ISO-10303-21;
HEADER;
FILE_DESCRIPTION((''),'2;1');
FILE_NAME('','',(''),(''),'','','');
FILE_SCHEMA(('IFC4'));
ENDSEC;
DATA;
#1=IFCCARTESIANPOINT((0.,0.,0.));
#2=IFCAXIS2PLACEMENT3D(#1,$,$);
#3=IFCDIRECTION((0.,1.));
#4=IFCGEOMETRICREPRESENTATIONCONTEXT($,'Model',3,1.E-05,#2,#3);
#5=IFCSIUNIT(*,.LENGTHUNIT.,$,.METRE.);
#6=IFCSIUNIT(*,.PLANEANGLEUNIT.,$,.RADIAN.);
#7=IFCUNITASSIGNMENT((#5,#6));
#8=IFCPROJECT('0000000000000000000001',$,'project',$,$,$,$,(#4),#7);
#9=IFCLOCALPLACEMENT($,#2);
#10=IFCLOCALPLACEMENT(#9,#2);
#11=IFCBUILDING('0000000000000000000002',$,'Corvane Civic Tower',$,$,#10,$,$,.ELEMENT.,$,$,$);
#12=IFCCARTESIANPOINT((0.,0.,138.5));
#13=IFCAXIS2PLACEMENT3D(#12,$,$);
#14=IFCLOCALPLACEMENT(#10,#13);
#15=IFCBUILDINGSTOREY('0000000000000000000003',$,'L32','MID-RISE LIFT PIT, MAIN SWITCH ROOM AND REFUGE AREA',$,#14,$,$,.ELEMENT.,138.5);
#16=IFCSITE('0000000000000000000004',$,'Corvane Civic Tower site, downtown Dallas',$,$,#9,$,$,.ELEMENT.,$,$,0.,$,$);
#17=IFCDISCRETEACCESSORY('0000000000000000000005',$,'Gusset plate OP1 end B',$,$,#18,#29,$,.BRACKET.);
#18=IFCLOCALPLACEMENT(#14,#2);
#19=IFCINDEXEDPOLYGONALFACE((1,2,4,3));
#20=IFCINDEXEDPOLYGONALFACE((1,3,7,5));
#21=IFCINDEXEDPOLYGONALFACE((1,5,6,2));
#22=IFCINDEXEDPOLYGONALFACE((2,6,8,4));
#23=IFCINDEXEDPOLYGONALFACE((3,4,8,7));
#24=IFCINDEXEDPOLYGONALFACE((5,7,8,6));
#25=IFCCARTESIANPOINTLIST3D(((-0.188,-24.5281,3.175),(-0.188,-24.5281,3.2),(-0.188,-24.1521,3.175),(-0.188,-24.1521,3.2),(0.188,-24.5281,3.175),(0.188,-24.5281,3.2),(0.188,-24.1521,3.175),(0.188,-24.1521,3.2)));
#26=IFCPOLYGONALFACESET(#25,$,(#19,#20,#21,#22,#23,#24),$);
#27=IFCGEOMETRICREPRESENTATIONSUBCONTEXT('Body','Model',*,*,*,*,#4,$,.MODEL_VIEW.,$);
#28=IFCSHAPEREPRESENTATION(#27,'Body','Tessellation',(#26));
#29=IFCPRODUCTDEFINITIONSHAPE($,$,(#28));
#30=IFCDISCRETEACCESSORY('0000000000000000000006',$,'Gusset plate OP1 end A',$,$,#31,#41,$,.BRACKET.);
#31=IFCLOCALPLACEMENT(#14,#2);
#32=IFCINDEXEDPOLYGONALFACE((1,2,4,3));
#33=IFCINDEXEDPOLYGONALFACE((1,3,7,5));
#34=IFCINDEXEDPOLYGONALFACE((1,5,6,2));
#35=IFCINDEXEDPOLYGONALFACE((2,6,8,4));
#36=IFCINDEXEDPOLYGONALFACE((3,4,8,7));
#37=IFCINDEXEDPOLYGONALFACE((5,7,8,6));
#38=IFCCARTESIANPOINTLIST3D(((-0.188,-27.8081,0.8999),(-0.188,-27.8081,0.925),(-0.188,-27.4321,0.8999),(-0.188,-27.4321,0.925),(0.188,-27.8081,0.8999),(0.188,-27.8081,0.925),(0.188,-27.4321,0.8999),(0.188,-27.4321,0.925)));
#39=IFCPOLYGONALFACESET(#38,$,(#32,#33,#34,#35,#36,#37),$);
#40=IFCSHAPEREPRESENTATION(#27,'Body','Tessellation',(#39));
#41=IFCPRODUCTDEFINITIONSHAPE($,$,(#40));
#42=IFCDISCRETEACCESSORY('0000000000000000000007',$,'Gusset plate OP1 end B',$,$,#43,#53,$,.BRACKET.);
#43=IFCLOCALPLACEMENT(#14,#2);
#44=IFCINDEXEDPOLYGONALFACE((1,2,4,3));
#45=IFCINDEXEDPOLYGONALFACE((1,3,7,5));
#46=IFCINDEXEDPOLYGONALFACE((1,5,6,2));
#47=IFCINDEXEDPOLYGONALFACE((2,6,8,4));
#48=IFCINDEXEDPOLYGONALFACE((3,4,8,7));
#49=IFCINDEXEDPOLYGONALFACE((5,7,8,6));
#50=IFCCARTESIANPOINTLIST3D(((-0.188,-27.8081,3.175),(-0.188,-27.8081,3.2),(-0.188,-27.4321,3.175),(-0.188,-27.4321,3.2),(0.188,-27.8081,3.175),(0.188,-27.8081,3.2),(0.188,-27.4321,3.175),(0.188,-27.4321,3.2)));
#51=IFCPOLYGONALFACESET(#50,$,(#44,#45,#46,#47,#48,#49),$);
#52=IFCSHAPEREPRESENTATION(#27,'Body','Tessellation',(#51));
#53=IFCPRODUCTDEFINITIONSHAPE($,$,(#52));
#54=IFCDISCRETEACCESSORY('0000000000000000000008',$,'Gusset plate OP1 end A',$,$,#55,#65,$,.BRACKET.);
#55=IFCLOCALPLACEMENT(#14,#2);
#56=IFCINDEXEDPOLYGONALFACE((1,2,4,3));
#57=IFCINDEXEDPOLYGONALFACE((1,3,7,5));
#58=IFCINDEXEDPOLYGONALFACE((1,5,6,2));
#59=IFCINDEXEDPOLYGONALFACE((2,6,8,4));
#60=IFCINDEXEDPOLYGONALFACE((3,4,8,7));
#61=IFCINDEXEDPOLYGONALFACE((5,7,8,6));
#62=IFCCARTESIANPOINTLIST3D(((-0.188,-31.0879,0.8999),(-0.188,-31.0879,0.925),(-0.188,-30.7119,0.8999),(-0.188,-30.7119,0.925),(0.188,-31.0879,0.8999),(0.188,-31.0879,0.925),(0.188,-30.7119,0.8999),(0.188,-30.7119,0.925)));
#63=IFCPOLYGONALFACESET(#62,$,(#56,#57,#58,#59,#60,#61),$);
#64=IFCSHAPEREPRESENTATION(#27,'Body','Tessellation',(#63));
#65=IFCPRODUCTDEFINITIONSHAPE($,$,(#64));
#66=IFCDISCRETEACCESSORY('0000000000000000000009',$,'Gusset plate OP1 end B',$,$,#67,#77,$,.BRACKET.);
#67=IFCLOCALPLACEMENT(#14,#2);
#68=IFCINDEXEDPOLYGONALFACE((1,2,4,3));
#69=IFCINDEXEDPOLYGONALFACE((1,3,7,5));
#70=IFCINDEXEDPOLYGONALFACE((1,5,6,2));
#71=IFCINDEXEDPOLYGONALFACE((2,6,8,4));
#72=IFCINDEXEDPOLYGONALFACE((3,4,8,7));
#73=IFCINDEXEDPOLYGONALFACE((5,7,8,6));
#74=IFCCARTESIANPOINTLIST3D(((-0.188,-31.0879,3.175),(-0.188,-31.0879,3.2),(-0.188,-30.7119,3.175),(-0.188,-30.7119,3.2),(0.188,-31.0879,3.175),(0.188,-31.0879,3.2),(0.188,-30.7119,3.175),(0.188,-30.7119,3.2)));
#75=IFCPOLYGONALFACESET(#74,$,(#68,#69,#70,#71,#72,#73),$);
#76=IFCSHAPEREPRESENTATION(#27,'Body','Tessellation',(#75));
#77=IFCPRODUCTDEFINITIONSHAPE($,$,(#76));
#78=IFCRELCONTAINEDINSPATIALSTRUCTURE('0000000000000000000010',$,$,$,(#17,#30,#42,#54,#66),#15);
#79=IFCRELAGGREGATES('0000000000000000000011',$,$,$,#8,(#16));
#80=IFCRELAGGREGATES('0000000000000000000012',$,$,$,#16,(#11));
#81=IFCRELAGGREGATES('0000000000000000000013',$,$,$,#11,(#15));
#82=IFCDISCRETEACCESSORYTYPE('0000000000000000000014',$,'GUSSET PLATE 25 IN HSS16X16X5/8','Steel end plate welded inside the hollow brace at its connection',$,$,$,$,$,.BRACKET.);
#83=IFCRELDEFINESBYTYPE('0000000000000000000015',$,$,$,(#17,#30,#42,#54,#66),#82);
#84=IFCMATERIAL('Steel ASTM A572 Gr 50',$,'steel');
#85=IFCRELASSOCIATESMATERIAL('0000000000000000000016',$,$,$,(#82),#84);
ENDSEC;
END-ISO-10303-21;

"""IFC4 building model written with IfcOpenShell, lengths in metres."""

from ifc_helpers import new_model, si_unit, direction, frame, origin, origin_2d, place, context, subcontext, project, spatial, rectangle, extrude, material, material_profile, profile_set, type_object, element, save


model = new_model("IFC4")

# Units and contexts
model_context = context("Model", 3, precision=1e-05, world=origin(), true_north=direction((0.0, 1.0)))
body_context = subcontext(model_context, "Body", "Model", "MODEL_VIEW")
ifc_project = project(units=[si_unit("LENGTHUNIT", "METRE"), si_unit("PLANEANGLEUNIT", "RADIAN")], contexts=[model_context])

# Site, building, storey
site_placement = place(None, origin())
site = spatial("IfcSite", under=ifc_project, at=site_placement, Name="Corvane Civic Tower site, downtown Dallas", CompositionType="ELEMENT", RefElevation=0.0)
building_placement = place(site_placement, origin())
building = spatial("IfcBuilding", under=site, at=building_placement, Name="Corvane Civic Tower", CompositionType="ELEMENT")
storey_placement = place(building_placement, frame((0.0, 0.0, 138.5)))
storey = spatial("IfcBuildingStorey", under=building, at=storey_placement, Name="L32", Description="MID-RISE LIFT PIT, MAIN SWITCH ROOM AND REFUGE AREA", CompositionType="ELEMENT", Elevation=138.5)

# Discrete accessories
ifc_material_1 = material(Name="Steel ASTM A572 Gr 50", Category="steel")
ifc_material_profile_1 = material_profile(ifc_material_1, rectangle(XDim=0.376, YDim=0.376, at=origin_2d()), Name="GUSSET PLATE 25 IN HSS16X16X5/8")
ifc_profile_set_1 = profile_set([ifc_material_profile_1], Name="Steel ASTM A572 Gr 50")
discrete_accessory_type_1 = type_object("IfcDiscreteAccessoryType", Name="GUSSET PLATE 25 IN HSS16X16X5/8", Description="Steel end plate welded inside the hollow brace at its connection", PredefinedType="BRACKET", material=ifc_profile_set_1)
discrete_accessory_1_placement = place(storey_placement, frame((0.0, -24.3401, 3.2), z_axis=(0.0, 0.0, -1.0), x_axis=(1.0, 0.0, 0.0)))
element("IfcDiscreteAccessory", 1, at=discrete_accessory_1_placement, inside=storey, type_object=discrete_accessory_type_1, Name="Gusset plate OP1 end B", PredefinedType="BRACKET", context=body_context, shape_type="SweptSolid", body=[
    extrude(rectangle(XDim=0.376, YDim=0.376, at=origin_2d()), origin(), (0.0, 0.0, 1.0), 0.0249),
])
discrete_accessory_2_placement = place(storey_placement, frame((0.0, -27.6201, 0.8999), z_axis=(0.0, 0.0, 1.0), x_axis=(1.0, 0.0, 0.0)))
element("IfcDiscreteAccessory", 2, at=discrete_accessory_2_placement, inside=storey, type_object=discrete_accessory_type_1, Name="Gusset plate OP1 end A", PredefinedType="BRACKET", context=body_context, shape_type="SweptSolid", body=[
    extrude(rectangle(XDim=0.376, YDim=0.376, at=origin_2d()), origin(), (0.0, 0.0, 1.0), 0.0251),
])
discrete_accessory_3_placement = place(storey_placement, frame((0.0, -27.6201, 3.2), z_axis=(0.0, 0.0, -1.0), x_axis=(1.0, 0.0, 0.0)))
element("IfcDiscreteAccessory", 3, at=discrete_accessory_3_placement, inside=storey, type_object=discrete_accessory_type_1, Name="Gusset plate OP1 end B", PredefinedType="BRACKET", context=body_context, shape_type="SweptSolid", body=[
    extrude(rectangle(XDim=0.376, YDim=0.376, at=origin_2d()), origin(), (0.0, 0.0, 1.0), 0.0249),
])
discrete_accessory_4_placement = place(storey_placement, frame((0.0, -30.8999, 0.8999), z_axis=(0.0, 0.0, 1.0), x_axis=(1.0, 0.0, 0.0)))
element("IfcDiscreteAccessory", 4, at=discrete_accessory_4_placement, inside=storey, type_object=discrete_accessory_type_1, Name="Gusset plate OP1 end A", PredefinedType="BRACKET", context=body_context, shape_type="SweptSolid", body=[
    extrude(rectangle(XDim=0.376, YDim=0.376, at=origin_2d()), origin(), (0.0, 0.0, 1.0), 0.0251),
])
discrete_accessory_5_placement = place(storey_placement, frame((0.0, -30.8999, 3.2), z_axis=(0.0, 0.0, -1.0), x_axis=(1.0, 0.0, 0.0)))
element("IfcDiscreteAccessory", 5, at=discrete_accessory_5_placement, inside=storey, type_object=discrete_accessory_type_1, Name="Gusset plate OP1 end B", PredefinedType="BRACKET", context=body_context, shape_type="SweptSolid", body=[
    extrude(rectangle(XDim=0.376, YDim=0.376, at=origin_2d()), origin(), (0.0, 0.0, 1.0), 0.0249),
])

save(model, "model.ifc")
